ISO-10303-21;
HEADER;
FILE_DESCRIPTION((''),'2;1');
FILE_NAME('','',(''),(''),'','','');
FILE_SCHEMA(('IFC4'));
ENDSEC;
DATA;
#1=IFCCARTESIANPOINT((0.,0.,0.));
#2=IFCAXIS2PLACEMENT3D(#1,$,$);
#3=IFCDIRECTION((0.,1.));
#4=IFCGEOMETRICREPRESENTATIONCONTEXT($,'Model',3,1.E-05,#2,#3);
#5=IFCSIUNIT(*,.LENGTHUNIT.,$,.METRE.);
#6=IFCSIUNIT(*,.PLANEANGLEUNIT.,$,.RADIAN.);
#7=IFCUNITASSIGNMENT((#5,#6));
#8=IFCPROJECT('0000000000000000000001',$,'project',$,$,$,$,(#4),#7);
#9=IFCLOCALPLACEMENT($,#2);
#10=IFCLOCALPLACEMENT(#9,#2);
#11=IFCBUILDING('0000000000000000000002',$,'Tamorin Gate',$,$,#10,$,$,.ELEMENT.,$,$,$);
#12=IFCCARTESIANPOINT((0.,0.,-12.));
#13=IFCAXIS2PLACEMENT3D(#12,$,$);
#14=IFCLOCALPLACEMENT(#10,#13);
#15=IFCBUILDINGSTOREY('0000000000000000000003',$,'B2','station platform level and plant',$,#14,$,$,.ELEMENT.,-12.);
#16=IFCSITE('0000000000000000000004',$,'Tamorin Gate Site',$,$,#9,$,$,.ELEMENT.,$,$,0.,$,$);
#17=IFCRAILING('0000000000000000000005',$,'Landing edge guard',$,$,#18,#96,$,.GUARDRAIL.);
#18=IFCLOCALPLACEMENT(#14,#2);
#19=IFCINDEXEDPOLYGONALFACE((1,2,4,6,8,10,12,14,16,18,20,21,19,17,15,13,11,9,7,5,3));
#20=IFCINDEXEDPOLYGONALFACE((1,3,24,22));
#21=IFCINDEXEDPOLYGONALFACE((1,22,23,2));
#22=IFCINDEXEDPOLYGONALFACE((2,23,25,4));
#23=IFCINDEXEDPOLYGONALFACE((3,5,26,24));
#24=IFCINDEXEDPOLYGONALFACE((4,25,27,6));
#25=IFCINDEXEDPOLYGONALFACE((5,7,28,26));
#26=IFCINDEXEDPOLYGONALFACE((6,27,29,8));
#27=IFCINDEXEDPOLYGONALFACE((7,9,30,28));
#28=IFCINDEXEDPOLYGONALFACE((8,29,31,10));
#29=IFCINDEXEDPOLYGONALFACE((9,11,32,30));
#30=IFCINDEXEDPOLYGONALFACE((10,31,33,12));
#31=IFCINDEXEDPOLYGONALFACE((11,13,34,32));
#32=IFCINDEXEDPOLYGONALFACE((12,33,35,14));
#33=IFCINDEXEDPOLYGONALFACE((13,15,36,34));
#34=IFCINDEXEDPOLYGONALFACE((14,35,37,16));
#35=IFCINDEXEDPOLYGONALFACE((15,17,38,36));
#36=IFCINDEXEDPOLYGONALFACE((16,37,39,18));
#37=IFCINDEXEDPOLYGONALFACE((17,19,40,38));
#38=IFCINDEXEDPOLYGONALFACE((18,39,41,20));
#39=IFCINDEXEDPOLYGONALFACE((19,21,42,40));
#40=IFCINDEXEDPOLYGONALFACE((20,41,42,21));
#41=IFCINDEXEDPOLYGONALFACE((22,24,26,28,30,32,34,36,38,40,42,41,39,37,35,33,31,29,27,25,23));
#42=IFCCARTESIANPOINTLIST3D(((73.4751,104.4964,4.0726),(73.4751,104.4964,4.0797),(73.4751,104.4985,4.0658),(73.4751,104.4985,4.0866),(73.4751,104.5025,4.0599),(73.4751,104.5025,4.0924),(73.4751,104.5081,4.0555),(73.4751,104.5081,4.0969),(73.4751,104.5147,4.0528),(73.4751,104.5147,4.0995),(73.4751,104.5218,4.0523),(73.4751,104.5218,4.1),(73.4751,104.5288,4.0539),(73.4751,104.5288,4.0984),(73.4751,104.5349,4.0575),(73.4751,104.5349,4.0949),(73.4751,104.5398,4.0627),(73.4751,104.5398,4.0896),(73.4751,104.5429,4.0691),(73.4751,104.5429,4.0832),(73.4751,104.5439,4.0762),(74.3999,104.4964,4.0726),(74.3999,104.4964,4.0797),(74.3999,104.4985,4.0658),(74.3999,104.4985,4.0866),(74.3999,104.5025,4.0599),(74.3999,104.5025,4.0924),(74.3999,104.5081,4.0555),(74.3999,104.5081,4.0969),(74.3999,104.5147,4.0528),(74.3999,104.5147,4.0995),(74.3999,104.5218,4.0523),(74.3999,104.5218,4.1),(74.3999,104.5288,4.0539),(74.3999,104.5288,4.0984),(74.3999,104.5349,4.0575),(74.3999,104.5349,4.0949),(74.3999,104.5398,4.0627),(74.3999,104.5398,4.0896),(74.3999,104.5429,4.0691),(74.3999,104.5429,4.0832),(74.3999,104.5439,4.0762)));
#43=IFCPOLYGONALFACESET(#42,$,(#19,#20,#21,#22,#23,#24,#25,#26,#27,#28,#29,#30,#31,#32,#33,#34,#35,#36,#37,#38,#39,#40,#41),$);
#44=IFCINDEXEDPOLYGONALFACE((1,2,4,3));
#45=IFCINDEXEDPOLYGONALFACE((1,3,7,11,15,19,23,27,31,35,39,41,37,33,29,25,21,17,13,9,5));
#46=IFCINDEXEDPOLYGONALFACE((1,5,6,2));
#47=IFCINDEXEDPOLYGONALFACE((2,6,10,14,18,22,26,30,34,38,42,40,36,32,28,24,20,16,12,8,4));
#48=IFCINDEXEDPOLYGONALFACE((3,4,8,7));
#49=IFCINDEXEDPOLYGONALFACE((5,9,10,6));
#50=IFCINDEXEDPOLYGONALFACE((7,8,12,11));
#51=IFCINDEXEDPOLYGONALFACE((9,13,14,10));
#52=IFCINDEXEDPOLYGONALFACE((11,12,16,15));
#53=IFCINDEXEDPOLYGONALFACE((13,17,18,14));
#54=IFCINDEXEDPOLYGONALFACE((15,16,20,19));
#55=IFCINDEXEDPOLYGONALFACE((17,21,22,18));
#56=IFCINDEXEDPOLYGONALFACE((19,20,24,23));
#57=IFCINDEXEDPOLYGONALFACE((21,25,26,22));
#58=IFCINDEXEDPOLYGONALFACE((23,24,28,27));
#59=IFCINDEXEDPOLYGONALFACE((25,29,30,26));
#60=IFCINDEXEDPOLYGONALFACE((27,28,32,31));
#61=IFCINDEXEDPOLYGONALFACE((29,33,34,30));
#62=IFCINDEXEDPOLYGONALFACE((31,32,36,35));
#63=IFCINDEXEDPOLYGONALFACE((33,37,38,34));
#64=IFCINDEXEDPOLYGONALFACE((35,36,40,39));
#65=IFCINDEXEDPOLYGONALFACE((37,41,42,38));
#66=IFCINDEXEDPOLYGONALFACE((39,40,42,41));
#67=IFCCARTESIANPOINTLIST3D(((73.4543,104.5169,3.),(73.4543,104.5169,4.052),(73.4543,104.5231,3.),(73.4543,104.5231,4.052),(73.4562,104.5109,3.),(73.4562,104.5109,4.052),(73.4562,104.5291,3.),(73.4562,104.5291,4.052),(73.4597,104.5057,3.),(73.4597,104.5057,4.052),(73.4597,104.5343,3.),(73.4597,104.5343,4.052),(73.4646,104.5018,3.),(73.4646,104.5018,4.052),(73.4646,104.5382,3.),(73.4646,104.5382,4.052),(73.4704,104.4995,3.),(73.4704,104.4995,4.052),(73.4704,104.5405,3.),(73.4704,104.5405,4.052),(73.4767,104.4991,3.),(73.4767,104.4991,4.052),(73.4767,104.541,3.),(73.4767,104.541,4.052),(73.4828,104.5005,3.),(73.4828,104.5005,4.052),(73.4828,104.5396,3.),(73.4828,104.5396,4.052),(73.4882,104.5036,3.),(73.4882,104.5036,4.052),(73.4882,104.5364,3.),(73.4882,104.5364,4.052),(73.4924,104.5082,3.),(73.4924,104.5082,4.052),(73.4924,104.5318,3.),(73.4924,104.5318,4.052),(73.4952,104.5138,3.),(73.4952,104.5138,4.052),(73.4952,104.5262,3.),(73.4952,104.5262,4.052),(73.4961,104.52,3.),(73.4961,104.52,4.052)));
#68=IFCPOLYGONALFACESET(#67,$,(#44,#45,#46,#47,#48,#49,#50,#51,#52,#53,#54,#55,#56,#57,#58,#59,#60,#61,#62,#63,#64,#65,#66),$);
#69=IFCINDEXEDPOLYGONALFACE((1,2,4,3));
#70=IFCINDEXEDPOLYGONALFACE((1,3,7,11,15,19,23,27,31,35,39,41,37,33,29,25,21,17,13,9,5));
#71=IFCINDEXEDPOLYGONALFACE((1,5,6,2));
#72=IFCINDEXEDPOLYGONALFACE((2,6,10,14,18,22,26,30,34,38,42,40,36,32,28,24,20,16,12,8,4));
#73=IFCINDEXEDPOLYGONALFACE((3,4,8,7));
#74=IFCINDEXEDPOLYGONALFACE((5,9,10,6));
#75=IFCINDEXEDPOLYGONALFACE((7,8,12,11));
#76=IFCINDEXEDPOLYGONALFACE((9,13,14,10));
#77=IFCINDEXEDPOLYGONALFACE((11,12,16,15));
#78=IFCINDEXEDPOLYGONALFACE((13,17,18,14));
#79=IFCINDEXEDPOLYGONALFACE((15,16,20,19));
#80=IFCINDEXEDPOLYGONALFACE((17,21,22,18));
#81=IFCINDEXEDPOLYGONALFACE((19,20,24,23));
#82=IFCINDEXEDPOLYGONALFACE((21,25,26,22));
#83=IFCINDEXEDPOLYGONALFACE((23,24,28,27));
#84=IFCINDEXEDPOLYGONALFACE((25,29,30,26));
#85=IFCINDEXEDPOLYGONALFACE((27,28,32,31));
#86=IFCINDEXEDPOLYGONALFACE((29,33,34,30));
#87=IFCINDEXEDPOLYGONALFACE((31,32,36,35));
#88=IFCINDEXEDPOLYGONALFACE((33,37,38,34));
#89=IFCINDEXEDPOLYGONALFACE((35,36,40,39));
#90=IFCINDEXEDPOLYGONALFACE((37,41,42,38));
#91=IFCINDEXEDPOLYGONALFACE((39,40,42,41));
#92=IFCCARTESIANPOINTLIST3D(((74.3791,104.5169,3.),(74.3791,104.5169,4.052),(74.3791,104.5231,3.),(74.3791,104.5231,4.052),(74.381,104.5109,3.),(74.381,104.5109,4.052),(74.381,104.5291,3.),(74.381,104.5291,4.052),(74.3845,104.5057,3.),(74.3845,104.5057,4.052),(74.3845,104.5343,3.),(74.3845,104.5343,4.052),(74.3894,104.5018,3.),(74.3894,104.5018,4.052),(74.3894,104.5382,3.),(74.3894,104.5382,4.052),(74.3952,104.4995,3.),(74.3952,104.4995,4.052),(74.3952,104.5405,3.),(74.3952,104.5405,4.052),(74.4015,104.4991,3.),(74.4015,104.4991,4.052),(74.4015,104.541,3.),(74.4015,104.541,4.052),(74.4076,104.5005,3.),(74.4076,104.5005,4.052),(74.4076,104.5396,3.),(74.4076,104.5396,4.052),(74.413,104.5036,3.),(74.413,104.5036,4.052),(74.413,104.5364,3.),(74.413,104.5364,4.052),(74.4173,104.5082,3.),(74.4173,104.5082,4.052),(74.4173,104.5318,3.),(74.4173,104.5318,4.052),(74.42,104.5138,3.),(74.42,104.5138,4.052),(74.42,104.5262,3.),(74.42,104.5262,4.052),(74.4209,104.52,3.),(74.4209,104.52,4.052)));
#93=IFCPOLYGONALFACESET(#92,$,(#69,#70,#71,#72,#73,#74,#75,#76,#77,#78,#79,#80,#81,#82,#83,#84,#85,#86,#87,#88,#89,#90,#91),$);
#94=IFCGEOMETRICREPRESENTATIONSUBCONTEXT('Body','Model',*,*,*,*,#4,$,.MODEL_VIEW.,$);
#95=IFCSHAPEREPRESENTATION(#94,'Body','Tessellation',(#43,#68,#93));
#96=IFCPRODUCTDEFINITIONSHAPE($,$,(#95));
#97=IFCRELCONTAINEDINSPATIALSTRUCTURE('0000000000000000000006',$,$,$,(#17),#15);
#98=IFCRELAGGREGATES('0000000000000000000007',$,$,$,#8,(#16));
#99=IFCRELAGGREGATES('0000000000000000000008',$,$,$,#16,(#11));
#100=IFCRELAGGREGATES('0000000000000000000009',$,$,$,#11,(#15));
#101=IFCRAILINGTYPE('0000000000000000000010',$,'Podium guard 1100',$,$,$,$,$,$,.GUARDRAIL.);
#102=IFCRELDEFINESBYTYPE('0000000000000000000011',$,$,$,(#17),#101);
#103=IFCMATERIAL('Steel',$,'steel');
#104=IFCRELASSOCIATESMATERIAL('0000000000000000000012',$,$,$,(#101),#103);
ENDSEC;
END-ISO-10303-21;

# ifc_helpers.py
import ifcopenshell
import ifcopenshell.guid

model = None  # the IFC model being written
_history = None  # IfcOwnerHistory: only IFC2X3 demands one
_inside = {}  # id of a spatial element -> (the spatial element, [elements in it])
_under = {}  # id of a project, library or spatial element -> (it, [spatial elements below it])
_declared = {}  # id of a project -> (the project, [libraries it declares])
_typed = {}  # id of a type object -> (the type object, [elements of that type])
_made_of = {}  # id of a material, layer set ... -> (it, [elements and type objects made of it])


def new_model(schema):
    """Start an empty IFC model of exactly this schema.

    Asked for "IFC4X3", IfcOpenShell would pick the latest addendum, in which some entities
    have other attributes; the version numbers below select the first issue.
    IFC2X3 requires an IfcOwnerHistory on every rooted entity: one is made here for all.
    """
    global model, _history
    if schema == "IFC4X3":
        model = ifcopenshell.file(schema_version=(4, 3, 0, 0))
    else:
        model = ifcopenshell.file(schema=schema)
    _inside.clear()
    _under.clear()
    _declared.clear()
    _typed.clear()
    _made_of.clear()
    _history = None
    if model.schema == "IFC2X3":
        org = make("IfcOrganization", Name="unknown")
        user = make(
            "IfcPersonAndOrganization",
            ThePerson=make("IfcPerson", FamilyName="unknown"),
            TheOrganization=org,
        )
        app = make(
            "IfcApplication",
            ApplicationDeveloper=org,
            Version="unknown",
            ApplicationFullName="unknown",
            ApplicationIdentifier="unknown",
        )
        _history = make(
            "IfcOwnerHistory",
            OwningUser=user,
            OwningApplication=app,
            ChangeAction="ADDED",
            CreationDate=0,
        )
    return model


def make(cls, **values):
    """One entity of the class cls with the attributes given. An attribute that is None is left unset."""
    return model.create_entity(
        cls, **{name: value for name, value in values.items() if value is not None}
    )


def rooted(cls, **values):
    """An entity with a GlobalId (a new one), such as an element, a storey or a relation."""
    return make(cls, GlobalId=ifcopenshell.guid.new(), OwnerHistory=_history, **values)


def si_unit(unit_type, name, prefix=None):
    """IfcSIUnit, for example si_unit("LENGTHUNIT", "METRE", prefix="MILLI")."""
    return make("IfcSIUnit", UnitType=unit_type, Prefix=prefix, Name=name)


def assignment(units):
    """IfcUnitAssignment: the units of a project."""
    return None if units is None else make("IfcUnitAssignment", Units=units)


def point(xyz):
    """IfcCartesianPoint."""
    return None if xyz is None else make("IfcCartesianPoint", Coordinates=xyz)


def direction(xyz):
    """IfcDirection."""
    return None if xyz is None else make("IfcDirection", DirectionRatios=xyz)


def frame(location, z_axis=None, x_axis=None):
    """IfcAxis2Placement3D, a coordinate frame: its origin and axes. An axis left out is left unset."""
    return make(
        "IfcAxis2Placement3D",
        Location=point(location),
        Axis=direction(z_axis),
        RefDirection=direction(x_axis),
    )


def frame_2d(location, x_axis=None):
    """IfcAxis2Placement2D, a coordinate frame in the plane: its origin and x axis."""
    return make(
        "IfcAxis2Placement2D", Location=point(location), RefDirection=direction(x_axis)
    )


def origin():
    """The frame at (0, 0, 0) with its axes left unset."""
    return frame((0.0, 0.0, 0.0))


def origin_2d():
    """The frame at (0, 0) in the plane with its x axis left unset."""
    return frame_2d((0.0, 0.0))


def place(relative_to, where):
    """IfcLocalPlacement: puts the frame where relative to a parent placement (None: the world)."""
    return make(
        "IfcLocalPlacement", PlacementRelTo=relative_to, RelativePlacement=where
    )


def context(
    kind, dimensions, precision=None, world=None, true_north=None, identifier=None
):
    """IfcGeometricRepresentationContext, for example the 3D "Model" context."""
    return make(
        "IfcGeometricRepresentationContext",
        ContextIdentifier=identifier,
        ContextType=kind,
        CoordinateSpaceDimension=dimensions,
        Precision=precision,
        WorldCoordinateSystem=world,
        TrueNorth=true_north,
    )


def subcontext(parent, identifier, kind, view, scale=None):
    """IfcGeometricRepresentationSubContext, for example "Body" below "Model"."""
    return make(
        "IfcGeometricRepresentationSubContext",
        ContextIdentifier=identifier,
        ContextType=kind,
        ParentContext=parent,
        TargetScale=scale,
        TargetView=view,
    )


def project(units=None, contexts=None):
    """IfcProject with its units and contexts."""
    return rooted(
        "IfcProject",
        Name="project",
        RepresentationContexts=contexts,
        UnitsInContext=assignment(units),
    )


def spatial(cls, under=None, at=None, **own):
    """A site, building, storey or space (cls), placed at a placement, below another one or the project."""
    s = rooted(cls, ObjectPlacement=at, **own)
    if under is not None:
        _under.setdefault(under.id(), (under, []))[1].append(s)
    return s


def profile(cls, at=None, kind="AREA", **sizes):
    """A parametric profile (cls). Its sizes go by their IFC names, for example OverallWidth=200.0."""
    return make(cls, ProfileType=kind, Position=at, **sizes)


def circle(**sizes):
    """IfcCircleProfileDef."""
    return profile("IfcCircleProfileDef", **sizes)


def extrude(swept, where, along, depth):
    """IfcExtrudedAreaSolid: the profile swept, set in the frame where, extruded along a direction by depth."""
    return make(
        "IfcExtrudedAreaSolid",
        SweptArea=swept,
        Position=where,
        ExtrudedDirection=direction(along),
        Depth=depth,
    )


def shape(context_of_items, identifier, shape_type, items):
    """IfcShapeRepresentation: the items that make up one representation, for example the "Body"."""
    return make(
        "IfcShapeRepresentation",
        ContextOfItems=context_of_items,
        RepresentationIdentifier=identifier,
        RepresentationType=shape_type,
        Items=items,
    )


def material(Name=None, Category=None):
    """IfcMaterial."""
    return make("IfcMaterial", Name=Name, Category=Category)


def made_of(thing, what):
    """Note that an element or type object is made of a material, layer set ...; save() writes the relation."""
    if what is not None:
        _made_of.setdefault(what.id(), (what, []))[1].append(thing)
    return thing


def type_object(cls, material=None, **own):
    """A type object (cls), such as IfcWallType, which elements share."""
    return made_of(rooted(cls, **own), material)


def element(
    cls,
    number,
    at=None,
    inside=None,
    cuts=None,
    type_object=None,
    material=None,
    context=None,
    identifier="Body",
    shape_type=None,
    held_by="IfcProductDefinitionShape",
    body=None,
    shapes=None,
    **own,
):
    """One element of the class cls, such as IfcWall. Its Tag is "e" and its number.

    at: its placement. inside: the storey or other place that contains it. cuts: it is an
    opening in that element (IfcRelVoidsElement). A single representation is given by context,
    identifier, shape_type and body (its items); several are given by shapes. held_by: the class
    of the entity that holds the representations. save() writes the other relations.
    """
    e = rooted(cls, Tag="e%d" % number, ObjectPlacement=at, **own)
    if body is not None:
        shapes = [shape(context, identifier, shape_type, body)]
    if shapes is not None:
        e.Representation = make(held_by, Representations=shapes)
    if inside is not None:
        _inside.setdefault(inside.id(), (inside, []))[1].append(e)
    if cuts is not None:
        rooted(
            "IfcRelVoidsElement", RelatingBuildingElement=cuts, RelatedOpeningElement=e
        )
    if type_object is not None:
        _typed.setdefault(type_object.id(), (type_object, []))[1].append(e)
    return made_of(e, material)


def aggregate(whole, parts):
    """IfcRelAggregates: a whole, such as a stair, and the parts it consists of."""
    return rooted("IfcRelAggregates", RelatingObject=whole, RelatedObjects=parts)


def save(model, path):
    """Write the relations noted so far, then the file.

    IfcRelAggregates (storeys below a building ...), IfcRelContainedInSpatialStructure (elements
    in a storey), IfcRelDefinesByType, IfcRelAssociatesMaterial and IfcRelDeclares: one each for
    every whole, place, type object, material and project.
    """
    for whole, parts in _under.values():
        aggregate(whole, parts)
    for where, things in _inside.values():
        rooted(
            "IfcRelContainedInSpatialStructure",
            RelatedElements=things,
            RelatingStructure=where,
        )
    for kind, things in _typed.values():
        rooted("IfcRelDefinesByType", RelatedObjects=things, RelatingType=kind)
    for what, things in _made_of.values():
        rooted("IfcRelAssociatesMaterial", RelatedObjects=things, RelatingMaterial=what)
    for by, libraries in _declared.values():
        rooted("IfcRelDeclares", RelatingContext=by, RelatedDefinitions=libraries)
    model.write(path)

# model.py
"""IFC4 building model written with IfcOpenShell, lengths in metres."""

from ifc_helpers import new_model, si_unit, direction, frame, origin, origin_2d, place, context, subcontext, project, spatial, circle, extrude, material, type_object, element, save


model = new_model("IFC4")

# Units and contexts
model_context = context("Model", 3, precision=1e-05, world=origin(), true_north=direction((0.0, 1.0)))
body_context = subcontext(model_context, "Body", "Model", "MODEL_VIEW")
ifc_project = project(units=[si_unit("LENGTHUNIT", "METRE"), si_unit("PLANEANGLEUNIT", "RADIAN")], contexts=[model_context])

# Site, building, storey
site_placement = place(None, origin())
site = spatial("IfcSite", under=ifc_project, at=site_placement, Name="Tamorin Gate Site", CompositionType="ELEMENT", RefElevation=0.0)
building_placement = place(site_placement, origin())
building = spatial("IfcBuilding", under=site, at=building_placement, Name="Tamorin Gate", CompositionType="ELEMENT")
storey_placement = place(building_placement, frame((0.0, 0.0, -12.0)))
storey = spatial("IfcBuildingStorey", under=building, at=storey_placement, Name="B2", Description="station platform level and plant", CompositionType="ELEMENT", Elevation=-12.0)

# Railing
ifc_material_1 = material(Name="Steel", Category="steel")
railing_type_1 = type_object("IfcRailingType", Name="Podium guard 1100", PredefinedType="GUARDRAIL", material=ifc_material_1)
for number, where, name in (
    (1, (73.4751, 104.52, 3.0), "Landing edge guard"),
):
    element("IfcRailing", number, at=place(storey_placement, frame(where)), inside=storey, type_object=railing_type_1, Name=name, PredefinedType="GUARDRAIL", context=body_context, shape_type="SweptSolid", body=[
        extrude(circle(Radius=0.0239, at=origin_2d()), frame((0.0, 0.0, 1.0762), z_axis=(1.0, 0.0, 0.0), x_axis=(0.0, 1.0, 0.0)), (0.0, 0.0, 1.0), 0.9248),
        extrude(circle(Radius=0.021, at=origin_2d()), origin(), (0.0, 0.0, 1.0), 1.052),
        extrude(circle(Radius=0.021, at=origin_2d()), frame((0.9248, 0.0, 0.0)), (0.0, 0.0, 1.0), 1.052),
    ])

save(model, "model.ifc")
